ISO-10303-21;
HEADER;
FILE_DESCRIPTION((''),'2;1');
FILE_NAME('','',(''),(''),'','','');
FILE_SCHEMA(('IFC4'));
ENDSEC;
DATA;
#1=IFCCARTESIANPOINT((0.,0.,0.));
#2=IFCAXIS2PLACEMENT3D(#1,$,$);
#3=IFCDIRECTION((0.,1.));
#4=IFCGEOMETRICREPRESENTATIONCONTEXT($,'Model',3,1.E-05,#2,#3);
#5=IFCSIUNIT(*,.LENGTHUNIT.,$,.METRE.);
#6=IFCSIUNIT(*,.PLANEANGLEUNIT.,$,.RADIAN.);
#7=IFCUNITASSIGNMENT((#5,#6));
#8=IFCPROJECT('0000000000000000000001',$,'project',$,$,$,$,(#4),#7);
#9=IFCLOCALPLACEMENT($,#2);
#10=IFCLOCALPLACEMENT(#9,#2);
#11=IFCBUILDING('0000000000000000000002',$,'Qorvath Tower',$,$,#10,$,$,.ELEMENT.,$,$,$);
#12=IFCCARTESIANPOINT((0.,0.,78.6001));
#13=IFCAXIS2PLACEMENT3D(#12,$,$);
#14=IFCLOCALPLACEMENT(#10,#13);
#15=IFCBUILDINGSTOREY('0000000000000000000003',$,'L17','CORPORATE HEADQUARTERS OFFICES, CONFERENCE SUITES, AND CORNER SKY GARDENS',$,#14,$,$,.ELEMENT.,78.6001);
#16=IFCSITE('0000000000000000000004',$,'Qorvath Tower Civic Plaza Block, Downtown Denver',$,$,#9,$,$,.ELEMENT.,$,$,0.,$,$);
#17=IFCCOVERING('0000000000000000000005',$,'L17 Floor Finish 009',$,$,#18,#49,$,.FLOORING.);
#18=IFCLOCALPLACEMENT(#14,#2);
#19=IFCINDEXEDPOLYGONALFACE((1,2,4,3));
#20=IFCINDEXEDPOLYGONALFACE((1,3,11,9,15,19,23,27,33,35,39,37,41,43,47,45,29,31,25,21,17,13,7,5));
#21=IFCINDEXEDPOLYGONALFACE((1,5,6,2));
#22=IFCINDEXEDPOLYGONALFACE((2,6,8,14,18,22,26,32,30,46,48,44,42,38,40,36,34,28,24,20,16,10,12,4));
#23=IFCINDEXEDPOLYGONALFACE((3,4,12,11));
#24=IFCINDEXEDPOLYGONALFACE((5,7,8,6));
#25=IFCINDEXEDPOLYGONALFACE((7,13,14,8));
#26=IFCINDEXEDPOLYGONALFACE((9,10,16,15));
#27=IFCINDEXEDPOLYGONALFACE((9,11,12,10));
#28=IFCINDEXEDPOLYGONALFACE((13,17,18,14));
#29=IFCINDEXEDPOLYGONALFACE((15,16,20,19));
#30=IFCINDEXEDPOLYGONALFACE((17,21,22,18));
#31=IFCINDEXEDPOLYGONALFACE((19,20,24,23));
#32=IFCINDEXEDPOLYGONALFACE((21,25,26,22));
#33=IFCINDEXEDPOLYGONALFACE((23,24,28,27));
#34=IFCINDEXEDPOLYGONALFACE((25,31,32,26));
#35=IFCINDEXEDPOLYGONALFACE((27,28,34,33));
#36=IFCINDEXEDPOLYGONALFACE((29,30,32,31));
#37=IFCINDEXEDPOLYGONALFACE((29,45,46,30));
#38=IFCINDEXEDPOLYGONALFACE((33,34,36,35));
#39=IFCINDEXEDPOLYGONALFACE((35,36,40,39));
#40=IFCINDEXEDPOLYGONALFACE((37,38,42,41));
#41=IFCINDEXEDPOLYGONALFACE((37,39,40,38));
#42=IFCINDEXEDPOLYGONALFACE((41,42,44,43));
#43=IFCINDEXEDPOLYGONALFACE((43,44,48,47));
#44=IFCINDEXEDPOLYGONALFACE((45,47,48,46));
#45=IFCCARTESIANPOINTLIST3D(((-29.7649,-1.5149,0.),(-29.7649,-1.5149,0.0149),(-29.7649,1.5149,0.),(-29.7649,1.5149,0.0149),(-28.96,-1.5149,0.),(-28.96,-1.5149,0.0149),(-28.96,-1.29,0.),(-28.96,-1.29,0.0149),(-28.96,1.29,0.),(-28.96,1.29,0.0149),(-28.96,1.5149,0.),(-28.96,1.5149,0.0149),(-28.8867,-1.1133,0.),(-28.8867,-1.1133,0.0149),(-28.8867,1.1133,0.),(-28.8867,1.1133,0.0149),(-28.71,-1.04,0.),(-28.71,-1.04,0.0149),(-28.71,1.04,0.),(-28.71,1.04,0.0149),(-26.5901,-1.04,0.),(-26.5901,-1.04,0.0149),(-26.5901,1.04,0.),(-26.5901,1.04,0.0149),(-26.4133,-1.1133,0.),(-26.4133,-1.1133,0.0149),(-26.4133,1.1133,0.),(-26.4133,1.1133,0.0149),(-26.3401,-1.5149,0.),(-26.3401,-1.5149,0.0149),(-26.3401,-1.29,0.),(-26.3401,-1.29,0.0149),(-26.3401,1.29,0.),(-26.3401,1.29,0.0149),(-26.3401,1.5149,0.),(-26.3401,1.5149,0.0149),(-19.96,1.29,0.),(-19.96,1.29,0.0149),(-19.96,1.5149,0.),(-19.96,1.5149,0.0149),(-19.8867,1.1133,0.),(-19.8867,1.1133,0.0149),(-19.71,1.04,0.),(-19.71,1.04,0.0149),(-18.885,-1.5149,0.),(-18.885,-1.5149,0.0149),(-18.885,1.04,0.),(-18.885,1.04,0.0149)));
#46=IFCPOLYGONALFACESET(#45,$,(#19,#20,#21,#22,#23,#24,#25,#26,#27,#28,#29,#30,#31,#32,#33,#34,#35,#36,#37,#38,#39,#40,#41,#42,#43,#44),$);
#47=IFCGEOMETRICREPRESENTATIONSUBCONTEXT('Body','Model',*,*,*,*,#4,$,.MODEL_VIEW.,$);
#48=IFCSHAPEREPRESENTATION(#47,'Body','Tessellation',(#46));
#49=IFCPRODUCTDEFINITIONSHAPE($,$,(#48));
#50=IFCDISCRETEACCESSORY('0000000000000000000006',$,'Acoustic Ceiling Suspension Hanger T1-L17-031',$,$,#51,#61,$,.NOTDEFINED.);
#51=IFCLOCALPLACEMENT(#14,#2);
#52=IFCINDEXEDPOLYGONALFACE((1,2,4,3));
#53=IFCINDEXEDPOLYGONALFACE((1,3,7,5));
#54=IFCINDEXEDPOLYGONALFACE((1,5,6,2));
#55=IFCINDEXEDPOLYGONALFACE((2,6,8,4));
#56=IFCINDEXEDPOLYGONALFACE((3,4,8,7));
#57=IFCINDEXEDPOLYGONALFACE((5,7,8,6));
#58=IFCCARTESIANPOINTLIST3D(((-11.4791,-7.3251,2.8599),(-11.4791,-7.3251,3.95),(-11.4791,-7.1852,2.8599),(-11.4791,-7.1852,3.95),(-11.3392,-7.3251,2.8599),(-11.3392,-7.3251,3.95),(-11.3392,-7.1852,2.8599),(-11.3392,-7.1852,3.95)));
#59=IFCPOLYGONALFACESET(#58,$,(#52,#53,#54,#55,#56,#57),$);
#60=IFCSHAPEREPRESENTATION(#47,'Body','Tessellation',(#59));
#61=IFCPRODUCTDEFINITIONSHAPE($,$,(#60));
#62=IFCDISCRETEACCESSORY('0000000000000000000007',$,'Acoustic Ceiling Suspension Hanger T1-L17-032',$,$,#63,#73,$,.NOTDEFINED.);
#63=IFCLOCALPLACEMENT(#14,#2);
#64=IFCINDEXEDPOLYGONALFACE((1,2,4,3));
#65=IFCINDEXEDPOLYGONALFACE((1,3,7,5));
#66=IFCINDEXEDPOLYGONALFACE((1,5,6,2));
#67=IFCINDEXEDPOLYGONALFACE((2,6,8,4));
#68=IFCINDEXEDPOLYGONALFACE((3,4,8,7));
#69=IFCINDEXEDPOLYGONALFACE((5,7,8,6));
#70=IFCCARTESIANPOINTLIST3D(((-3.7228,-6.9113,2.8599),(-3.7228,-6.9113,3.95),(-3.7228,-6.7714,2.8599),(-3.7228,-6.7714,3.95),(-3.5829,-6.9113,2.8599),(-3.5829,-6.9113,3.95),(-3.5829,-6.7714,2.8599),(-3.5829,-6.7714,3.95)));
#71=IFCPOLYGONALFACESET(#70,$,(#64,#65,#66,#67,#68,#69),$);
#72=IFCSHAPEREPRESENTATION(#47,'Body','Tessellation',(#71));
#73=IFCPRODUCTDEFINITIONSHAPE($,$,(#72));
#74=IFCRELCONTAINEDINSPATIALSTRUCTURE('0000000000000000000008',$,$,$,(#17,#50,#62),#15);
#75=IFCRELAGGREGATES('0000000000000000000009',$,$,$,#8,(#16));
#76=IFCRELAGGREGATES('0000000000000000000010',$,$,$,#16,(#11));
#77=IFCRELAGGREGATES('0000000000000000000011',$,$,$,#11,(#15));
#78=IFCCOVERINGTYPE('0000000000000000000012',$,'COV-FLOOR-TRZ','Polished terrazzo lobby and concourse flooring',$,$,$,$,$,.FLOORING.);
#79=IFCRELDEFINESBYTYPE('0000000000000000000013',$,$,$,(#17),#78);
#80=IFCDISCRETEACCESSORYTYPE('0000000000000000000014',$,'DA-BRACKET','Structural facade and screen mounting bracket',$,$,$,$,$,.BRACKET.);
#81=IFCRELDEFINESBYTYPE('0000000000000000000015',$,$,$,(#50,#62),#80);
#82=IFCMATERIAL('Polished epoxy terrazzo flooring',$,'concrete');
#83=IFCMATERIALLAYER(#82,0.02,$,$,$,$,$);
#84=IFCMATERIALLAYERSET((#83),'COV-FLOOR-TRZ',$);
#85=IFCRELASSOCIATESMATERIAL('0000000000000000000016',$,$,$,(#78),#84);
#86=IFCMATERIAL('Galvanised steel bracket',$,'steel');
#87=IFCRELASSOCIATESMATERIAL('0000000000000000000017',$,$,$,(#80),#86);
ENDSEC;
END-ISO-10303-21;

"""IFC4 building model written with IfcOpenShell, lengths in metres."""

from ifc_helpers import new_model, si_unit, direction, frame, origin, origin_2d, place, context, subcontext, project, spatial, polyline, rectangle, outline, extrude, material, layer, layer_set, type_object, element, save


model = new_model("IFC4")

# Units and contexts
model_context = context("Model", 3, precision=1e-05, world=origin(), true_north=direction((0.0, 1.0)))
body_context = subcontext(model_context, "Body", "Model", "MODEL_VIEW")
ifc_project = project(units=[si_unit("LENGTHUNIT", "METRE"), si_unit("PLANEANGLEUNIT", "RADIAN")], contexts=[model_context])

# Site, building, storey
site_placement = place(None, origin())
site = spatial("IfcSite", under=ifc_project, at=site_placement, Name="Qorvath Tower Civic Plaza Block, Downtown Denver", CompositionType="ELEMENT", RefElevation=0.0)
building_placement = place(site_placement, origin())
building = spatial("IfcBuilding", under=site, at=building_placement, Name="Qorvath Tower", CompositionType="ELEMENT")
storey_placement = place(building_placement, frame((0.0, 0.0, 78.6001)))
storey = spatial("IfcBuildingStorey", under=building, at=storey_placement, Name="L17", Description="CORPORATE HEADQUARTERS OFFICES, CONFERENCE SUITES, AND CORNER SKY GARDENS", CompositionType="ELEMENT", Elevation=78.6001)

# Covering
ifc_material_1 = material(Name="Polished epoxy terrazzo flooring", Category="concrete")
ifc_layer_1 = layer(ifc_material_1, 0.02)
ifc_layer_set_1 = layer_set([ifc_layer_1], Name="COV-FLOOR-TRZ")
covering_type_1 = type_object("IfcCoveringType", Name="COV-FLOOR-TRZ", Description="Polished terrazzo lobby and concourse flooring", PredefinedType="FLOORING", material=ifc_layer_set_1)
covering_1_placement = place(storey_placement, origin())
element("IfcCovering", 1, at=covering_1_placement, inside=storey, type_object=covering_type_1, Name="L17 Floor Finish 009", PredefinedType="FLOORING", context=body_context, shape_type="SweptSolid", body=[
    extrude(outline(polyline([(-18.885, -1.5149), (-18.885, 1.04), (-19.71, 1.04), (-19.8867, 1.1133), (-19.96, 1.29), (-19.96, 1.5149), (-26.3401, 1.5149), (-26.3401, 1.29), (-26.4133, 1.1133), (-26.5901, 1.04), (-28.71, 1.04), (-28.8867, 1.1133), (-28.96, 1.29), (-28.96, 1.5149), (-29.7649, 1.5149), (-29.7649, -1.5149), (-28.96, -1.5149), (-28.96, -1.29), (-28.8867, -1.1133), (-28.71, -1.04), (-26.5901, -1.04), (-26.4133, -1.1133), (-26.3401, -1.29), (-26.3401, -1.5149), (-18.885, -1.5149)])), origin(), (0.0, 0.0, 1.0), 0.0149),
])

# Discrete accessories
ifc_material_2 = material(Name="Galvanised steel bracket", Category="steel")
discrete_accessory_type = type_object("IfcDiscreteAccessoryType", Name="DA-BRACKET", Description="Structural facade and screen mounting bracket", PredefinedType="BRACKET", material=ifc_material_2)
for number, where, z_axis, x_axis, name in (
    (2, (-11.4092, -7.2551, 2.8599), (0.0, 0.0, 1.0), (1.0, 0.0, 0.0), "Acoustic Ceiling Suspension Hanger T1-L17-031"),
    (3, (-3.6528, -6.8413, 2.8599), (0.0, 0.0, 1.0), (1.0, 0.0, 0.0), "Acoustic Ceiling Suspension Hanger T1-L17-032"),
):
    element("IfcDiscreteAccessory", number, at=place(storey_placement, frame(where, z_axis=z_axis, x_axis=x_axis)), inside=storey, type_object=discrete_accessory_type, Name=name, PredefinedType="NOTDEFINED", context=body_context, shape_type="SweptSolid", body=[
        extrude(rectangle(XDim=0.1399, YDim=0.1399, at=origin_2d()), origin(), (0.0, 0.0, 1.0), 1.0901),
    ])

save(model, "model.ifc")
